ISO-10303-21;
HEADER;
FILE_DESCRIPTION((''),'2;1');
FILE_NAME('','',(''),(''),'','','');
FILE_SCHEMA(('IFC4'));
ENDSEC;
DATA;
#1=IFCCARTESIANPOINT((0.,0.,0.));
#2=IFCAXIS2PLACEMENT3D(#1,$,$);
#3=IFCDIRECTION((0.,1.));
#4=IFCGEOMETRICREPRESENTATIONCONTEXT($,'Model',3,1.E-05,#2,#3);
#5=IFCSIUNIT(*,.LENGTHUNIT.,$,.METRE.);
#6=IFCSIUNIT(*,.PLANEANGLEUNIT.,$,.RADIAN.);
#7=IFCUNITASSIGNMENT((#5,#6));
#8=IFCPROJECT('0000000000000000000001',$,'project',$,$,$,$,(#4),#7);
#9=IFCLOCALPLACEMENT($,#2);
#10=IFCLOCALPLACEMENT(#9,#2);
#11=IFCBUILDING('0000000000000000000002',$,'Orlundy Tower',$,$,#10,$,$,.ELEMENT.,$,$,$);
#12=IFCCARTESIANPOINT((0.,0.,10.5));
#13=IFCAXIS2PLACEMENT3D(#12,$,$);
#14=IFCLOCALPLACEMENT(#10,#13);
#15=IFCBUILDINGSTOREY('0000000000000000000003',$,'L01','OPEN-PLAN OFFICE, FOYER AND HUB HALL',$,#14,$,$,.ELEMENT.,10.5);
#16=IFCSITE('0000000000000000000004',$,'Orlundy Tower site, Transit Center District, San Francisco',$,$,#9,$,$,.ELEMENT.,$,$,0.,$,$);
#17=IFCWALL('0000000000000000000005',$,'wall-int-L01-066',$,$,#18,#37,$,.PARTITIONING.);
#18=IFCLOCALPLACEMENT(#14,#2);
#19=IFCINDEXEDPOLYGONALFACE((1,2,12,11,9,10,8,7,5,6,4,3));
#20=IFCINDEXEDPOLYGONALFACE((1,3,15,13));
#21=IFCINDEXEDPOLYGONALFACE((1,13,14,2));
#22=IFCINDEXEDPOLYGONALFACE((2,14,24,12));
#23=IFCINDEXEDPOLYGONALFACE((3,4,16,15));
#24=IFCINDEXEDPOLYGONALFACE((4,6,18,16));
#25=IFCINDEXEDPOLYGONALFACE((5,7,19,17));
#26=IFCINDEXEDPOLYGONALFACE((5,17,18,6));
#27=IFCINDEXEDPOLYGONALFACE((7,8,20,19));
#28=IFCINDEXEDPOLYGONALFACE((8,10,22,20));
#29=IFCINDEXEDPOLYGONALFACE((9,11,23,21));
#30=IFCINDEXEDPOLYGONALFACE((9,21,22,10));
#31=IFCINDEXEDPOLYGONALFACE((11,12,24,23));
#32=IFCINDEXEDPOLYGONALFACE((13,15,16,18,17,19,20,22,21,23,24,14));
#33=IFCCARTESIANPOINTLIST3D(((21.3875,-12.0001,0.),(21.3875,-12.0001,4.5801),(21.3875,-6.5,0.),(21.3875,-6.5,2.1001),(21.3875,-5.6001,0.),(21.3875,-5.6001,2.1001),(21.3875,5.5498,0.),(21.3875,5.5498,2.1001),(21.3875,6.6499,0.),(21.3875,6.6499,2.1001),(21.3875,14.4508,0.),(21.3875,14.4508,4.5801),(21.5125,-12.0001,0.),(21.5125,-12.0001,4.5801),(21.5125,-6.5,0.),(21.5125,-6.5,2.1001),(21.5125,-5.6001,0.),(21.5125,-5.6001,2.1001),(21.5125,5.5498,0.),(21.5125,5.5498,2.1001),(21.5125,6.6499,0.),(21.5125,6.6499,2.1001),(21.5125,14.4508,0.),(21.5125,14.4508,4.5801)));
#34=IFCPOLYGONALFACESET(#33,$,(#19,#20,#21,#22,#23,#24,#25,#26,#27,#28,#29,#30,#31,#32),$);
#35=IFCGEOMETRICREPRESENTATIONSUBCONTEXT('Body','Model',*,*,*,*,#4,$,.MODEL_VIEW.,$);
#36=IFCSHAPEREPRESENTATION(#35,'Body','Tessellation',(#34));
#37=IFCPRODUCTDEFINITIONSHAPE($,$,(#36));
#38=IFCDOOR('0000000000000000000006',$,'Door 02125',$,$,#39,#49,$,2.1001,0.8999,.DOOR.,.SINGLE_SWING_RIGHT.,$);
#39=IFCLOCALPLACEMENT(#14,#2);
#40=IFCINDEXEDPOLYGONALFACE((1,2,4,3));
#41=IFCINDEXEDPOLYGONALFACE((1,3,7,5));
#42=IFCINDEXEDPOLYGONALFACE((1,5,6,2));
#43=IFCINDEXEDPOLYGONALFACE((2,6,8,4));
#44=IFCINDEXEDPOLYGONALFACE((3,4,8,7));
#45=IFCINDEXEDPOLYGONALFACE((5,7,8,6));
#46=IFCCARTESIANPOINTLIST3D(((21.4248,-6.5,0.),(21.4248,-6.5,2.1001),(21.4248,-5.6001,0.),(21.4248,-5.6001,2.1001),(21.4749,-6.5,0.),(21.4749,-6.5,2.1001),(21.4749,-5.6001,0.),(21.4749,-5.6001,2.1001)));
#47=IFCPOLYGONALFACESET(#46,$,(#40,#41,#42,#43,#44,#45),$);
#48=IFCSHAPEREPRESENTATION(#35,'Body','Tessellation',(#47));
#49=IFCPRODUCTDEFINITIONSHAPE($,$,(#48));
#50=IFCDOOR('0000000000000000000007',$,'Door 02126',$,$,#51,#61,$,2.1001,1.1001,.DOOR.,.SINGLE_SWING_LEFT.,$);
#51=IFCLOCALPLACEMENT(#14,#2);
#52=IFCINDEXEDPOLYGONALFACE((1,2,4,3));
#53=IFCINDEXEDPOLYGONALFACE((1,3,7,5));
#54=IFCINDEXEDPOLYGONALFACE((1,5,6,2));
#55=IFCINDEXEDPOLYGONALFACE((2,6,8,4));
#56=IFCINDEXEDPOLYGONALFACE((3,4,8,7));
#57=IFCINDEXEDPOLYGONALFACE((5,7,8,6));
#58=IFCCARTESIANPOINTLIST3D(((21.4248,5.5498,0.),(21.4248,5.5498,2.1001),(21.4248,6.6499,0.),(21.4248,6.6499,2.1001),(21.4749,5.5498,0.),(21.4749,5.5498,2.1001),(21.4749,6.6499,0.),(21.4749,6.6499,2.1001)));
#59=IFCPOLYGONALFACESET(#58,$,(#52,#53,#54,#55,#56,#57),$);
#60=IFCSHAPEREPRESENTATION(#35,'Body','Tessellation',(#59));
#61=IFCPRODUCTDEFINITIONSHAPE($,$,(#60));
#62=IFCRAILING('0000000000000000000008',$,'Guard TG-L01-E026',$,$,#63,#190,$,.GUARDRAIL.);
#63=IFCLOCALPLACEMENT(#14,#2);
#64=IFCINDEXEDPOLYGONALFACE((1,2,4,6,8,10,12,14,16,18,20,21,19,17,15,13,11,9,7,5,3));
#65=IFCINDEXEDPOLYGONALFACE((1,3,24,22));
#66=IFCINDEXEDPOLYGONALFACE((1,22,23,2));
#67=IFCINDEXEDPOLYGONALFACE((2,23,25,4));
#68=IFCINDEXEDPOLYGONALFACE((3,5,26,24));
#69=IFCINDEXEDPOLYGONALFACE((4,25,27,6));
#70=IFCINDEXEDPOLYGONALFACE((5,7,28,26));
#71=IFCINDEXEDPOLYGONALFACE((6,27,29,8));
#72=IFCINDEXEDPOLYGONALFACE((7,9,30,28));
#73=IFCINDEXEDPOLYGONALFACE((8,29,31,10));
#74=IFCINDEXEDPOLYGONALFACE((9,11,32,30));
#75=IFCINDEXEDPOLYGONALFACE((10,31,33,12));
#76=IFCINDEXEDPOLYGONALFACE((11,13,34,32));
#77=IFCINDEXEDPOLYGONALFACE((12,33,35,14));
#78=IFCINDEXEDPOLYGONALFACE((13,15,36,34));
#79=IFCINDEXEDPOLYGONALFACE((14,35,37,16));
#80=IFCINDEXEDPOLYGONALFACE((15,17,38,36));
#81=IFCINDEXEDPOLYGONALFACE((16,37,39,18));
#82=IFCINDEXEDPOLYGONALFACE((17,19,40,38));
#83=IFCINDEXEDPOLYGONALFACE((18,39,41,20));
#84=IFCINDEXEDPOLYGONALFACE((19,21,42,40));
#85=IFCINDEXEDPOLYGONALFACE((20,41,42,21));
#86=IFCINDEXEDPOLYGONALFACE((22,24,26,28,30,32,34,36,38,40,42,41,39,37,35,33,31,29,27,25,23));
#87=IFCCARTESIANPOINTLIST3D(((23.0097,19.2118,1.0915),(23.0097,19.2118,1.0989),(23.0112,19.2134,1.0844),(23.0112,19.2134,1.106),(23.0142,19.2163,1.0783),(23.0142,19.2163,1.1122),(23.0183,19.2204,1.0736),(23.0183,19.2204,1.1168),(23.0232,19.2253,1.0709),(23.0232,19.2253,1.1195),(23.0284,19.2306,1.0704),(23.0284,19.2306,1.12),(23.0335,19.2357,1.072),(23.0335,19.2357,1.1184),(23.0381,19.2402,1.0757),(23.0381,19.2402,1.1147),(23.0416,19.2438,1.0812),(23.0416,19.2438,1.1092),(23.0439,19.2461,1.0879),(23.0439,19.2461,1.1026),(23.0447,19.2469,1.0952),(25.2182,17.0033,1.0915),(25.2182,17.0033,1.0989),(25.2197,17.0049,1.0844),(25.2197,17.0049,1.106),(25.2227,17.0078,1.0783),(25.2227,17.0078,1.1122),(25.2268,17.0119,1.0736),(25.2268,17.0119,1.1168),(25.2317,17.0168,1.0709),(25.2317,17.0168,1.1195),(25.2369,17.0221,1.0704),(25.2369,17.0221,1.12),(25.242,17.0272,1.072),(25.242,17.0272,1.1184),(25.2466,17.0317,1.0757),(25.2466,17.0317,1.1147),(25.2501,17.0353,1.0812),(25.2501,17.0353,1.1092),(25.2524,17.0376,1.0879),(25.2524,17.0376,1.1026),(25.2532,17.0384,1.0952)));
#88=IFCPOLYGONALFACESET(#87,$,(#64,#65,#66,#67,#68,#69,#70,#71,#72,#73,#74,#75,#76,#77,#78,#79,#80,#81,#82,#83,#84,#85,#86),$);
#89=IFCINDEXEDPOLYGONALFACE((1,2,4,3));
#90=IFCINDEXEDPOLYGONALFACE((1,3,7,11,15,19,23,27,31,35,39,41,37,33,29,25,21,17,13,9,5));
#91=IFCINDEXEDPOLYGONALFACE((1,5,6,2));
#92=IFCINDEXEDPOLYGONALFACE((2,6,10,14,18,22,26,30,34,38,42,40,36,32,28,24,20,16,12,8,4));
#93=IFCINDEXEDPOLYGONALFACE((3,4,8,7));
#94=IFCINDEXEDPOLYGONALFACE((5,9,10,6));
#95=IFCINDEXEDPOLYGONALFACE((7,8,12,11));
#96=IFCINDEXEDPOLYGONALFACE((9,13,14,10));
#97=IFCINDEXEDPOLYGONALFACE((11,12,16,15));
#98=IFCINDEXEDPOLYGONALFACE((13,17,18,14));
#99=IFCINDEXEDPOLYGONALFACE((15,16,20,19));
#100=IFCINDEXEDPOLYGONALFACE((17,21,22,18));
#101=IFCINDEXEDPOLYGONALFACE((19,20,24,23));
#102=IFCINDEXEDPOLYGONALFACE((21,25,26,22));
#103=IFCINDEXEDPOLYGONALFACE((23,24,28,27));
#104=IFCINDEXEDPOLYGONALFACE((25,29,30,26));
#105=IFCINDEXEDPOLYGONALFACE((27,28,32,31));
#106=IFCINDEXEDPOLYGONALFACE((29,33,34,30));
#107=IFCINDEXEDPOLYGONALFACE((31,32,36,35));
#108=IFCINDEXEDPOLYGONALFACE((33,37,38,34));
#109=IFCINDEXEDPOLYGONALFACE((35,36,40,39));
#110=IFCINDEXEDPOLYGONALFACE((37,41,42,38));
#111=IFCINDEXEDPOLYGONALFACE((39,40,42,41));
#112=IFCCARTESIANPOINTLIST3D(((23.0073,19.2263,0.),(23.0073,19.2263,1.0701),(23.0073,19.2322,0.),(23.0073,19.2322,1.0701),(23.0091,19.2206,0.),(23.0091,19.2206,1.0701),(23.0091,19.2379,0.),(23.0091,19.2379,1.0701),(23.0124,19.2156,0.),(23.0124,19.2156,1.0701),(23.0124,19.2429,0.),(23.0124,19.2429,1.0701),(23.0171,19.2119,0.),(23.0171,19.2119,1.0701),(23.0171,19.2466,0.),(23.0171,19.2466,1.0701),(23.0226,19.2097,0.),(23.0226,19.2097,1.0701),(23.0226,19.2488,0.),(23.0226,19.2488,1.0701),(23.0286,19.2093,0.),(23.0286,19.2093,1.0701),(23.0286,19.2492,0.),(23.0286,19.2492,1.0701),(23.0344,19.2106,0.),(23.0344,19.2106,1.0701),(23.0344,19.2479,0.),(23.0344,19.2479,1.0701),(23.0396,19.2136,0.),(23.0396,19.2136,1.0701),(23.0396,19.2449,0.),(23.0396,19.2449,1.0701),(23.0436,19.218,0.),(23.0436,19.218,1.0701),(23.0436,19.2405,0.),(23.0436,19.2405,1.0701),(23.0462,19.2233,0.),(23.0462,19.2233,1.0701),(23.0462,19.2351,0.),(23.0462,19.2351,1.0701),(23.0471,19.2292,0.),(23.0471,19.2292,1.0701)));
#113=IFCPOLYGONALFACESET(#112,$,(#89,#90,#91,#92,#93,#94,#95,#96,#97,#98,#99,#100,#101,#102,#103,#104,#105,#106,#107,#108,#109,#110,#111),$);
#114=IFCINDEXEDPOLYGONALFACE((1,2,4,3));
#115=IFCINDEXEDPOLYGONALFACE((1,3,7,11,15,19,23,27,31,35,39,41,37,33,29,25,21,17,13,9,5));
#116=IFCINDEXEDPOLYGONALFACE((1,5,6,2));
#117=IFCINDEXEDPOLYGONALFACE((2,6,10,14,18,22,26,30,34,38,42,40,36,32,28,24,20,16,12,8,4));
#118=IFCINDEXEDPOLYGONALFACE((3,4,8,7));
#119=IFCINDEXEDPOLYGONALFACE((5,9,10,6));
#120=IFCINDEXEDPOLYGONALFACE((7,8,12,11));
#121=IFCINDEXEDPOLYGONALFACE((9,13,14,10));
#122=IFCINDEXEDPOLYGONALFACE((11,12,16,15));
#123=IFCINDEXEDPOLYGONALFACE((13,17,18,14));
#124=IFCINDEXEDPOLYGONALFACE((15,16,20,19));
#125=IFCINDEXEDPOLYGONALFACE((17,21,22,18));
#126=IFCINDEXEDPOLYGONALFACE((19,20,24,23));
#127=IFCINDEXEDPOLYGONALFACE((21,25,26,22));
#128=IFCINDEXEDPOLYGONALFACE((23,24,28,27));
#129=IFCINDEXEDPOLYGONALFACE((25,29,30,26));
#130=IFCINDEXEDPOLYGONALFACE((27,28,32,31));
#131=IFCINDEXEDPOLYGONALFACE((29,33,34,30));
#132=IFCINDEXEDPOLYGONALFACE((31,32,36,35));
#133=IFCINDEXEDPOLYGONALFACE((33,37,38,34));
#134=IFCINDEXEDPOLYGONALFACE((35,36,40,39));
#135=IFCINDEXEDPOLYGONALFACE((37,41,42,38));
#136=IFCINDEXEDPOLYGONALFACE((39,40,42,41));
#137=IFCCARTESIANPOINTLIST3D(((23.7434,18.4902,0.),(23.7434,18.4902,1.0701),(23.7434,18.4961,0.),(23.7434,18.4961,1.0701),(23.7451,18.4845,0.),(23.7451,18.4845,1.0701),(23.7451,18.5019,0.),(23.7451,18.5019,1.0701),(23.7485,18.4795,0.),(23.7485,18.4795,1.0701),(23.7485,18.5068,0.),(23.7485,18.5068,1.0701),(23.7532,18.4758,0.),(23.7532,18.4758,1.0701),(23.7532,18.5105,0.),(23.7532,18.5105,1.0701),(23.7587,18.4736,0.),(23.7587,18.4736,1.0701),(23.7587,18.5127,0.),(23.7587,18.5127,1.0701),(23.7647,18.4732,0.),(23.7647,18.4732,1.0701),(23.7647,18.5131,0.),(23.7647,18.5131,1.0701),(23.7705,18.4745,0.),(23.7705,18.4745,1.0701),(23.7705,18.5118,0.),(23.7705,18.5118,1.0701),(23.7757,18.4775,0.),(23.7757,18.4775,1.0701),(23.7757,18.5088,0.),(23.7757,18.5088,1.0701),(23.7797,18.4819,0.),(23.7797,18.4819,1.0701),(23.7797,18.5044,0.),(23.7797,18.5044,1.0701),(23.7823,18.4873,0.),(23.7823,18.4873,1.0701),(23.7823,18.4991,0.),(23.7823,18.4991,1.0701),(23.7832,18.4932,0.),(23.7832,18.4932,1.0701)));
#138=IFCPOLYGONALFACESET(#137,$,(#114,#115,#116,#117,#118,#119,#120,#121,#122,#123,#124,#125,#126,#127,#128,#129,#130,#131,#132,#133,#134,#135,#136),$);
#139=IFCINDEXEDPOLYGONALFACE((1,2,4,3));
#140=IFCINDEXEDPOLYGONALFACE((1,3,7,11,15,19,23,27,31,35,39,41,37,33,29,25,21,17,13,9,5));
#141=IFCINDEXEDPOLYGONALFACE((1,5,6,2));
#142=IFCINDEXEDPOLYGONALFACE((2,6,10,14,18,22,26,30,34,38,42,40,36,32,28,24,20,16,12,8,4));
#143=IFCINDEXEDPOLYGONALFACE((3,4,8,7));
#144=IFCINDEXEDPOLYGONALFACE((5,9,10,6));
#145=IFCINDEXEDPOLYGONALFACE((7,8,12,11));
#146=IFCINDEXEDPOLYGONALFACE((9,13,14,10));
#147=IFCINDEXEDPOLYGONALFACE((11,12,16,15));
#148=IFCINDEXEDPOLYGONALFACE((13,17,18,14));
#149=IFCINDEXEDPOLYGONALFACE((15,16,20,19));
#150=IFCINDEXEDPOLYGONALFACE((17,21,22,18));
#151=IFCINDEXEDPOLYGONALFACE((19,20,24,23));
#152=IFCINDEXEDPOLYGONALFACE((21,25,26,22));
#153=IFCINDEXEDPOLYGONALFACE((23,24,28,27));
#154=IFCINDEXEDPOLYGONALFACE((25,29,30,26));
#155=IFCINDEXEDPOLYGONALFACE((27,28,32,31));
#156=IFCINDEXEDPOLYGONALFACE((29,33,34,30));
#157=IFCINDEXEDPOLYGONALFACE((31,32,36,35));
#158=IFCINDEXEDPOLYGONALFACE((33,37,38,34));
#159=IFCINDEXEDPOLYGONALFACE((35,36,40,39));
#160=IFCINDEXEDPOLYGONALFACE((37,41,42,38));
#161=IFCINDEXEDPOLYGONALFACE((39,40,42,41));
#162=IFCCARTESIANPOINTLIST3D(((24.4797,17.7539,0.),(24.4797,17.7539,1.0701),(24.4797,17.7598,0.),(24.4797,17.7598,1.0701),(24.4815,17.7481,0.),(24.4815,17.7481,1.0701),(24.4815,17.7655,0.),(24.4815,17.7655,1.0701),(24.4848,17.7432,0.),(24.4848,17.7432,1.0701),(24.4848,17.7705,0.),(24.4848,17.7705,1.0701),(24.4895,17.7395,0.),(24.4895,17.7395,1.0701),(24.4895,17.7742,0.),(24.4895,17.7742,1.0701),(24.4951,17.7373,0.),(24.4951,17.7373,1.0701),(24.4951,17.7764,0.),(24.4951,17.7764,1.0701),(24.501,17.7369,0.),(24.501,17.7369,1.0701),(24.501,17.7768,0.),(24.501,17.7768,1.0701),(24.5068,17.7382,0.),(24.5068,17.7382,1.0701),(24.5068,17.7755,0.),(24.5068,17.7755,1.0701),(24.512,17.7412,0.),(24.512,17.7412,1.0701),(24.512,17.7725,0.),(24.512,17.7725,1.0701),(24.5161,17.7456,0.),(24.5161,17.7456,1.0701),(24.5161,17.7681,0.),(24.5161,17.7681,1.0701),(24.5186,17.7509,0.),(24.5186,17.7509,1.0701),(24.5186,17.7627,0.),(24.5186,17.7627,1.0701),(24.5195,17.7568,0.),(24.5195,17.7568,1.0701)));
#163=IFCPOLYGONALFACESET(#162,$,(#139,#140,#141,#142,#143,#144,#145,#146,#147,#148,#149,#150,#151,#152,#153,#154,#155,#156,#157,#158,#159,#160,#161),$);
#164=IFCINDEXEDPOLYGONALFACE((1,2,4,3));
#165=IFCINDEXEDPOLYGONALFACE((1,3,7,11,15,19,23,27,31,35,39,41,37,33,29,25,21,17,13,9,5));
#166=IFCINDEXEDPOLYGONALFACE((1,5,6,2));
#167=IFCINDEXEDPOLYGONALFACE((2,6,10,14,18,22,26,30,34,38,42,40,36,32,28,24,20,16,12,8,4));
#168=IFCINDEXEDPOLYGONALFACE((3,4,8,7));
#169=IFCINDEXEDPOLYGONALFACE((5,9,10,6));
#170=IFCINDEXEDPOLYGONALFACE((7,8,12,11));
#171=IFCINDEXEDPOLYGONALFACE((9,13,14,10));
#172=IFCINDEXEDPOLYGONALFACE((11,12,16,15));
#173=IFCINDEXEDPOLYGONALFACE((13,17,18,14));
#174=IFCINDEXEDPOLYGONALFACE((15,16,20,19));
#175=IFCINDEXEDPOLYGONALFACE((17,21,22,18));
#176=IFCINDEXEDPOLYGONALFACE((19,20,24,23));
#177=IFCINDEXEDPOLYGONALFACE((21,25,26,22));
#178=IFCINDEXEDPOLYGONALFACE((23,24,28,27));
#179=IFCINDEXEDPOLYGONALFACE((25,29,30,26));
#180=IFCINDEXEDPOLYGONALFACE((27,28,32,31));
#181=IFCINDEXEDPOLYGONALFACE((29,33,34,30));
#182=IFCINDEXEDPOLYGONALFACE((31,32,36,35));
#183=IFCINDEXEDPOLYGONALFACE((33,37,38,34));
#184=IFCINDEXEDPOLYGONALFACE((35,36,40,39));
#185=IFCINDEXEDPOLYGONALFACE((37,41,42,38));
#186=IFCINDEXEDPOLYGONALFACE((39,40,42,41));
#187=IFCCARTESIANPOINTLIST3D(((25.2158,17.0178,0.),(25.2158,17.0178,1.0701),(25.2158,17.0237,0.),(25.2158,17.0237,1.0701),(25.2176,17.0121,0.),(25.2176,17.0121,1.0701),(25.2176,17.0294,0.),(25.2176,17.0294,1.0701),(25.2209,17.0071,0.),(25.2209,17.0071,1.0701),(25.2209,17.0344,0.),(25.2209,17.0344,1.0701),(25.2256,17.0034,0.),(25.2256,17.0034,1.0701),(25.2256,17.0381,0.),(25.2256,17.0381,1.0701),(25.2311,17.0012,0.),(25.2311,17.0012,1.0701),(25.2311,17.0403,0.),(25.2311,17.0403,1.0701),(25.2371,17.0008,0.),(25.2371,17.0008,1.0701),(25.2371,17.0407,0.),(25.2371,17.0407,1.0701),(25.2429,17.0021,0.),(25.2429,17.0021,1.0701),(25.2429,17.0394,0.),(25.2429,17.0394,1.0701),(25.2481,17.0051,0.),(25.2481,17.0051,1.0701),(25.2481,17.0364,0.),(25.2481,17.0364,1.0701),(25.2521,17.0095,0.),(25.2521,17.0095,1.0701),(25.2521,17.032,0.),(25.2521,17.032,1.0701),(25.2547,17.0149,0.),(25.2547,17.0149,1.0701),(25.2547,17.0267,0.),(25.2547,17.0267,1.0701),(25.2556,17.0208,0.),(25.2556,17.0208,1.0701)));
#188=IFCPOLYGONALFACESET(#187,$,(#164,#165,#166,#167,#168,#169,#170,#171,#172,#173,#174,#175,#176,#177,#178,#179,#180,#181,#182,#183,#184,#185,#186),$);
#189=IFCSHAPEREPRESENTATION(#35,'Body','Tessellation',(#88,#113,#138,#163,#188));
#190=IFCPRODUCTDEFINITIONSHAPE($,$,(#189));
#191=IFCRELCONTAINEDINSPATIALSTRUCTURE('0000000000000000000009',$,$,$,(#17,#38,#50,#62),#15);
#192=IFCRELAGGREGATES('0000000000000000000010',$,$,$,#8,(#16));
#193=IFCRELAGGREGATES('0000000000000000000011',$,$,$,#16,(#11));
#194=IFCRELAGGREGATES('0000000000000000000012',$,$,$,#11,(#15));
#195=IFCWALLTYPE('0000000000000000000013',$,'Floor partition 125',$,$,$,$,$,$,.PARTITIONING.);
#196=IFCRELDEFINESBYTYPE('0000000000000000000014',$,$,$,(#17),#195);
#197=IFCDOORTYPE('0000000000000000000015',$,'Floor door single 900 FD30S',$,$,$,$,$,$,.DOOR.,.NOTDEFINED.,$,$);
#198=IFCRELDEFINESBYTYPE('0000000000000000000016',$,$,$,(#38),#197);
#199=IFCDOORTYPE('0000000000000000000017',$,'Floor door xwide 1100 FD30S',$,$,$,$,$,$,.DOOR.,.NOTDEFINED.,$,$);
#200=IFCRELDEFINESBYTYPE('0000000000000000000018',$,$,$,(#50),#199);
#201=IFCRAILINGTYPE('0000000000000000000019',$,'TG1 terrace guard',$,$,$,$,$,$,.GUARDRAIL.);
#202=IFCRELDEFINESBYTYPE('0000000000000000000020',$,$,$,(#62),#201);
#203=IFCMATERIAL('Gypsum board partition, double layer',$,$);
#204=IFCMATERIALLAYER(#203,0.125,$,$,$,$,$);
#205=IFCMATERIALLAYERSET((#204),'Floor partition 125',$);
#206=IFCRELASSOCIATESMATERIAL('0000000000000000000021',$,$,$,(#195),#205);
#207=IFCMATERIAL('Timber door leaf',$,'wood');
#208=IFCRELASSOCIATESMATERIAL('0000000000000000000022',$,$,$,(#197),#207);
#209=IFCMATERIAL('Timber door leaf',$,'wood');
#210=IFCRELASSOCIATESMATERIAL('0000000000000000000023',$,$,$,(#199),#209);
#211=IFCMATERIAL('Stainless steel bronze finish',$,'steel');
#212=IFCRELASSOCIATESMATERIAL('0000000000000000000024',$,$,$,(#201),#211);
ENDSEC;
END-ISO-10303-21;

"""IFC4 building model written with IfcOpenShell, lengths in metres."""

from ifc_helpers import new_model, si_unit, direction, frame, frame_2d, origin, origin_2d, place, context, subcontext, project, spatial, rectangle, circle, extrude, material, layer, layer_set, type_object, element, fill, save


model = new_model("IFC4")

# Units and contexts
model_context = context("Model", 3, precision=1e-05, world=origin(), true_north=direction((0.0, 1.0)))
body_context = subcontext(model_context, "Body", "Model", "MODEL_VIEW")
ifc_project = project(units=[si_unit("LENGTHUNIT", "METRE"), si_unit("PLANEANGLEUNIT", "RADIAN")], contexts=[model_context])

# Site, building, storey
site_placement = place(None, origin())
site = spatial("IfcSite", under=ifc_project, at=site_placement, Name="Orlundy Tower site, Transit Center District, San Francisco", CompositionType="ELEMENT", RefElevation=0.0)
building_placement = place(site_placement, origin())
building = spatial("IfcBuilding", under=site, at=building_placement, Name="Orlundy Tower", CompositionType="ELEMENT")
storey_placement = place(building_placement, frame((0.0, 0.0, 10.5)))
storey = spatial("IfcBuildingStorey", under=building, at=storey_placement, Name="L01", Description="OPEN-PLAN OFFICE, FOYER AND HUB HALL", CompositionType="ELEMENT", Elevation=10.5)

# Wall, openings, doors
ifc_material_1 = material(Name="Gypsum board partition, double layer")
ifc_layer_1 = layer(ifc_material_1, 0.125)
ifc_layer_set_1 = layer_set([ifc_layer_1], Name="Floor partition 125")
wall_type = type_object("IfcWallType", Name="Floor partition 125", PredefinedType="PARTITIONING", material=ifc_layer_set_1)
wall_placement = place(storey_placement, frame((21.45, 14.4509, 0.0), z_axis=(0.0, 0.0, 1.0), x_axis=(0.0, -1.0, 0.0)))
wall = element("IfcWall", 1, at=wall_placement, inside=storey, type_object=wall_type, Name="wall-int-L01-066", PredefinedType="PARTITIONING", context=body_context, shape_type="SweptSolid", body=[
    extrude(rectangle(XDim=26.4509, YDim=0.125, at=frame_2d((13.2256, 0.0))), origin(), (0.0, 0.0, 1.0), 4.5801),
])
opening_1_placement = place(wall_placement, frame((20.051, 0.0, 0.0)))
opening_1 = element("IfcOpeningElement", 2, at=opening_1_placement, cuts=wall, PredefinedType="OPENING", context=body_context, shape_type="SweptSolid", body=[
    extrude(rectangle(XDim=0.8999, YDim=2.1001, at=frame_2d((0.45, 1.05))), frame((0.0, 0.0725, 0.0), z_axis=(0.0, -1.0, 0.0), x_axis=(1.0, 0.0, 0.0)), (0.0, 0.0, 1.0), 0.145),
])
opening_2_placement = place(wall_placement, frame((7.801, 0.0, 0.0)))
opening_2 = element("IfcOpeningElement", 3, at=opening_2_placement, cuts=wall, PredefinedType="OPENING", context=body_context, shape_type="SweptSolid", body=[
    extrude(rectangle(XDim=1.1001, YDim=2.1001, at=frame_2d((0.55, 1.05))), frame((0.0, 0.0725, 0.0), z_axis=(0.0, -1.0, 0.0), x_axis=(1.0, 0.0, 0.0)), (0.0, 0.0, 1.0), 0.145),
])
ifc_material_2 = material(Name="Timber door leaf", Category="wood")
door_type_1 = type_object("IfcDoorType", Name="Floor door single 900 FD30S", OperationType="NOTDEFINED", PredefinedType="DOOR", material=ifc_material_2)
door_1_placement = place(opening_1_placement, origin())
door_1 = element("IfcDoor", 4, at=door_1_placement, inside=storey, type_object=door_type_1, Name="Door 02125", OperationType="SINGLE_SWING_RIGHT", OverallHeight=2.1001, OverallWidth=0.8999, PredefinedType="DOOR", context=body_context, shape_type="SweptSolid", body=[
    extrude(rectangle(XDim=0.8999, YDim=2.1001, at=frame_2d((0.45, 1.05))), frame((0.0, 0.0249, 0.0), z_axis=(0.0, -1.0, 0.0), x_axis=(1.0, 0.0, 0.0)), (0.0, 0.0, 1.0), 0.05),
])
fill(opening_1, door_1)
ifc_material_3 = material(Name="Timber door leaf", Category="wood")
door_type_2 = type_object("IfcDoorType", Name="Floor door xwide 1100 FD30S", OperationType="NOTDEFINED", PredefinedType="DOOR", material=ifc_material_3)
door_2_placement = place(opening_2_placement, origin())
door_2 = element("IfcDoor", 5, at=door_2_placement, inside=storey, type_object=door_type_2, Name="Door 02126", OperationType="SINGLE_SWING_LEFT", OverallHeight=2.1001, OverallWidth=1.1001, PredefinedType="DOOR", context=body_context, shape_type="SweptSolid", body=[
    extrude(rectangle(XDim=1.1001, YDim=2.1001, at=frame_2d((0.55, 1.05))), frame((0.0, 0.0249, 0.0), z_axis=(0.0, -1.0, 0.0), x_axis=(1.0, 0.0, 0.0)), (0.0, 0.0, 1.0), 0.05),
])
fill(opening_2, door_2)

# Railing
ifc_material_4 = material(Name="Stainless steel bronze finish", Category="steel")
railing_type = type_object("IfcRailingType", Name="TG1 terrace guard", PredefinedType="GUARDRAIL", material=ifc_material_4)
for number, where, name in (
    (6, (23.0271, 19.2292, 0.0), "Guard TG-L01-E026"),
):
    element("IfcRailing", number, at=place(storey_placement, frame(where)), inside=storey, type_object=railing_type, Name=name, PredefinedType="GUARDRAIL", context=body_context, shape_type="SweptSolid", body=[
        extrude(circle(Radius=0.0249, at=origin_2d()), frame((0.0, 0.0, 1.0952), z_axis=(0.707107, -0.707107, 0.0), x_axis=(0.707107, 0.707107, 0.0)), (0.0, 0.0, 1.0), 3.1233),
        extrude(circle(Radius=0.02, at=origin_2d()), origin(), (0.0, 0.0, 1.0), 1.0701),
        extrude(circle(Radius=0.02, at=origin_2d()), frame((0.7361, -0.7361, 0.0)), (0.0, 0.0, 1.0), 1.0701),
        extrude(circle(Radius=0.02, at=origin_2d()), frame((1.4724, -1.4724, 0.0)), (0.0, 0.0, 1.0), 1.0701),
        extrude(circle(Radius=0.02, at=origin_2d()), frame((2.2085, -2.2085, 0.0)), (0.0, 0.0, 1.0), 1.0701),
    ])

save(model, "model.ifc")
